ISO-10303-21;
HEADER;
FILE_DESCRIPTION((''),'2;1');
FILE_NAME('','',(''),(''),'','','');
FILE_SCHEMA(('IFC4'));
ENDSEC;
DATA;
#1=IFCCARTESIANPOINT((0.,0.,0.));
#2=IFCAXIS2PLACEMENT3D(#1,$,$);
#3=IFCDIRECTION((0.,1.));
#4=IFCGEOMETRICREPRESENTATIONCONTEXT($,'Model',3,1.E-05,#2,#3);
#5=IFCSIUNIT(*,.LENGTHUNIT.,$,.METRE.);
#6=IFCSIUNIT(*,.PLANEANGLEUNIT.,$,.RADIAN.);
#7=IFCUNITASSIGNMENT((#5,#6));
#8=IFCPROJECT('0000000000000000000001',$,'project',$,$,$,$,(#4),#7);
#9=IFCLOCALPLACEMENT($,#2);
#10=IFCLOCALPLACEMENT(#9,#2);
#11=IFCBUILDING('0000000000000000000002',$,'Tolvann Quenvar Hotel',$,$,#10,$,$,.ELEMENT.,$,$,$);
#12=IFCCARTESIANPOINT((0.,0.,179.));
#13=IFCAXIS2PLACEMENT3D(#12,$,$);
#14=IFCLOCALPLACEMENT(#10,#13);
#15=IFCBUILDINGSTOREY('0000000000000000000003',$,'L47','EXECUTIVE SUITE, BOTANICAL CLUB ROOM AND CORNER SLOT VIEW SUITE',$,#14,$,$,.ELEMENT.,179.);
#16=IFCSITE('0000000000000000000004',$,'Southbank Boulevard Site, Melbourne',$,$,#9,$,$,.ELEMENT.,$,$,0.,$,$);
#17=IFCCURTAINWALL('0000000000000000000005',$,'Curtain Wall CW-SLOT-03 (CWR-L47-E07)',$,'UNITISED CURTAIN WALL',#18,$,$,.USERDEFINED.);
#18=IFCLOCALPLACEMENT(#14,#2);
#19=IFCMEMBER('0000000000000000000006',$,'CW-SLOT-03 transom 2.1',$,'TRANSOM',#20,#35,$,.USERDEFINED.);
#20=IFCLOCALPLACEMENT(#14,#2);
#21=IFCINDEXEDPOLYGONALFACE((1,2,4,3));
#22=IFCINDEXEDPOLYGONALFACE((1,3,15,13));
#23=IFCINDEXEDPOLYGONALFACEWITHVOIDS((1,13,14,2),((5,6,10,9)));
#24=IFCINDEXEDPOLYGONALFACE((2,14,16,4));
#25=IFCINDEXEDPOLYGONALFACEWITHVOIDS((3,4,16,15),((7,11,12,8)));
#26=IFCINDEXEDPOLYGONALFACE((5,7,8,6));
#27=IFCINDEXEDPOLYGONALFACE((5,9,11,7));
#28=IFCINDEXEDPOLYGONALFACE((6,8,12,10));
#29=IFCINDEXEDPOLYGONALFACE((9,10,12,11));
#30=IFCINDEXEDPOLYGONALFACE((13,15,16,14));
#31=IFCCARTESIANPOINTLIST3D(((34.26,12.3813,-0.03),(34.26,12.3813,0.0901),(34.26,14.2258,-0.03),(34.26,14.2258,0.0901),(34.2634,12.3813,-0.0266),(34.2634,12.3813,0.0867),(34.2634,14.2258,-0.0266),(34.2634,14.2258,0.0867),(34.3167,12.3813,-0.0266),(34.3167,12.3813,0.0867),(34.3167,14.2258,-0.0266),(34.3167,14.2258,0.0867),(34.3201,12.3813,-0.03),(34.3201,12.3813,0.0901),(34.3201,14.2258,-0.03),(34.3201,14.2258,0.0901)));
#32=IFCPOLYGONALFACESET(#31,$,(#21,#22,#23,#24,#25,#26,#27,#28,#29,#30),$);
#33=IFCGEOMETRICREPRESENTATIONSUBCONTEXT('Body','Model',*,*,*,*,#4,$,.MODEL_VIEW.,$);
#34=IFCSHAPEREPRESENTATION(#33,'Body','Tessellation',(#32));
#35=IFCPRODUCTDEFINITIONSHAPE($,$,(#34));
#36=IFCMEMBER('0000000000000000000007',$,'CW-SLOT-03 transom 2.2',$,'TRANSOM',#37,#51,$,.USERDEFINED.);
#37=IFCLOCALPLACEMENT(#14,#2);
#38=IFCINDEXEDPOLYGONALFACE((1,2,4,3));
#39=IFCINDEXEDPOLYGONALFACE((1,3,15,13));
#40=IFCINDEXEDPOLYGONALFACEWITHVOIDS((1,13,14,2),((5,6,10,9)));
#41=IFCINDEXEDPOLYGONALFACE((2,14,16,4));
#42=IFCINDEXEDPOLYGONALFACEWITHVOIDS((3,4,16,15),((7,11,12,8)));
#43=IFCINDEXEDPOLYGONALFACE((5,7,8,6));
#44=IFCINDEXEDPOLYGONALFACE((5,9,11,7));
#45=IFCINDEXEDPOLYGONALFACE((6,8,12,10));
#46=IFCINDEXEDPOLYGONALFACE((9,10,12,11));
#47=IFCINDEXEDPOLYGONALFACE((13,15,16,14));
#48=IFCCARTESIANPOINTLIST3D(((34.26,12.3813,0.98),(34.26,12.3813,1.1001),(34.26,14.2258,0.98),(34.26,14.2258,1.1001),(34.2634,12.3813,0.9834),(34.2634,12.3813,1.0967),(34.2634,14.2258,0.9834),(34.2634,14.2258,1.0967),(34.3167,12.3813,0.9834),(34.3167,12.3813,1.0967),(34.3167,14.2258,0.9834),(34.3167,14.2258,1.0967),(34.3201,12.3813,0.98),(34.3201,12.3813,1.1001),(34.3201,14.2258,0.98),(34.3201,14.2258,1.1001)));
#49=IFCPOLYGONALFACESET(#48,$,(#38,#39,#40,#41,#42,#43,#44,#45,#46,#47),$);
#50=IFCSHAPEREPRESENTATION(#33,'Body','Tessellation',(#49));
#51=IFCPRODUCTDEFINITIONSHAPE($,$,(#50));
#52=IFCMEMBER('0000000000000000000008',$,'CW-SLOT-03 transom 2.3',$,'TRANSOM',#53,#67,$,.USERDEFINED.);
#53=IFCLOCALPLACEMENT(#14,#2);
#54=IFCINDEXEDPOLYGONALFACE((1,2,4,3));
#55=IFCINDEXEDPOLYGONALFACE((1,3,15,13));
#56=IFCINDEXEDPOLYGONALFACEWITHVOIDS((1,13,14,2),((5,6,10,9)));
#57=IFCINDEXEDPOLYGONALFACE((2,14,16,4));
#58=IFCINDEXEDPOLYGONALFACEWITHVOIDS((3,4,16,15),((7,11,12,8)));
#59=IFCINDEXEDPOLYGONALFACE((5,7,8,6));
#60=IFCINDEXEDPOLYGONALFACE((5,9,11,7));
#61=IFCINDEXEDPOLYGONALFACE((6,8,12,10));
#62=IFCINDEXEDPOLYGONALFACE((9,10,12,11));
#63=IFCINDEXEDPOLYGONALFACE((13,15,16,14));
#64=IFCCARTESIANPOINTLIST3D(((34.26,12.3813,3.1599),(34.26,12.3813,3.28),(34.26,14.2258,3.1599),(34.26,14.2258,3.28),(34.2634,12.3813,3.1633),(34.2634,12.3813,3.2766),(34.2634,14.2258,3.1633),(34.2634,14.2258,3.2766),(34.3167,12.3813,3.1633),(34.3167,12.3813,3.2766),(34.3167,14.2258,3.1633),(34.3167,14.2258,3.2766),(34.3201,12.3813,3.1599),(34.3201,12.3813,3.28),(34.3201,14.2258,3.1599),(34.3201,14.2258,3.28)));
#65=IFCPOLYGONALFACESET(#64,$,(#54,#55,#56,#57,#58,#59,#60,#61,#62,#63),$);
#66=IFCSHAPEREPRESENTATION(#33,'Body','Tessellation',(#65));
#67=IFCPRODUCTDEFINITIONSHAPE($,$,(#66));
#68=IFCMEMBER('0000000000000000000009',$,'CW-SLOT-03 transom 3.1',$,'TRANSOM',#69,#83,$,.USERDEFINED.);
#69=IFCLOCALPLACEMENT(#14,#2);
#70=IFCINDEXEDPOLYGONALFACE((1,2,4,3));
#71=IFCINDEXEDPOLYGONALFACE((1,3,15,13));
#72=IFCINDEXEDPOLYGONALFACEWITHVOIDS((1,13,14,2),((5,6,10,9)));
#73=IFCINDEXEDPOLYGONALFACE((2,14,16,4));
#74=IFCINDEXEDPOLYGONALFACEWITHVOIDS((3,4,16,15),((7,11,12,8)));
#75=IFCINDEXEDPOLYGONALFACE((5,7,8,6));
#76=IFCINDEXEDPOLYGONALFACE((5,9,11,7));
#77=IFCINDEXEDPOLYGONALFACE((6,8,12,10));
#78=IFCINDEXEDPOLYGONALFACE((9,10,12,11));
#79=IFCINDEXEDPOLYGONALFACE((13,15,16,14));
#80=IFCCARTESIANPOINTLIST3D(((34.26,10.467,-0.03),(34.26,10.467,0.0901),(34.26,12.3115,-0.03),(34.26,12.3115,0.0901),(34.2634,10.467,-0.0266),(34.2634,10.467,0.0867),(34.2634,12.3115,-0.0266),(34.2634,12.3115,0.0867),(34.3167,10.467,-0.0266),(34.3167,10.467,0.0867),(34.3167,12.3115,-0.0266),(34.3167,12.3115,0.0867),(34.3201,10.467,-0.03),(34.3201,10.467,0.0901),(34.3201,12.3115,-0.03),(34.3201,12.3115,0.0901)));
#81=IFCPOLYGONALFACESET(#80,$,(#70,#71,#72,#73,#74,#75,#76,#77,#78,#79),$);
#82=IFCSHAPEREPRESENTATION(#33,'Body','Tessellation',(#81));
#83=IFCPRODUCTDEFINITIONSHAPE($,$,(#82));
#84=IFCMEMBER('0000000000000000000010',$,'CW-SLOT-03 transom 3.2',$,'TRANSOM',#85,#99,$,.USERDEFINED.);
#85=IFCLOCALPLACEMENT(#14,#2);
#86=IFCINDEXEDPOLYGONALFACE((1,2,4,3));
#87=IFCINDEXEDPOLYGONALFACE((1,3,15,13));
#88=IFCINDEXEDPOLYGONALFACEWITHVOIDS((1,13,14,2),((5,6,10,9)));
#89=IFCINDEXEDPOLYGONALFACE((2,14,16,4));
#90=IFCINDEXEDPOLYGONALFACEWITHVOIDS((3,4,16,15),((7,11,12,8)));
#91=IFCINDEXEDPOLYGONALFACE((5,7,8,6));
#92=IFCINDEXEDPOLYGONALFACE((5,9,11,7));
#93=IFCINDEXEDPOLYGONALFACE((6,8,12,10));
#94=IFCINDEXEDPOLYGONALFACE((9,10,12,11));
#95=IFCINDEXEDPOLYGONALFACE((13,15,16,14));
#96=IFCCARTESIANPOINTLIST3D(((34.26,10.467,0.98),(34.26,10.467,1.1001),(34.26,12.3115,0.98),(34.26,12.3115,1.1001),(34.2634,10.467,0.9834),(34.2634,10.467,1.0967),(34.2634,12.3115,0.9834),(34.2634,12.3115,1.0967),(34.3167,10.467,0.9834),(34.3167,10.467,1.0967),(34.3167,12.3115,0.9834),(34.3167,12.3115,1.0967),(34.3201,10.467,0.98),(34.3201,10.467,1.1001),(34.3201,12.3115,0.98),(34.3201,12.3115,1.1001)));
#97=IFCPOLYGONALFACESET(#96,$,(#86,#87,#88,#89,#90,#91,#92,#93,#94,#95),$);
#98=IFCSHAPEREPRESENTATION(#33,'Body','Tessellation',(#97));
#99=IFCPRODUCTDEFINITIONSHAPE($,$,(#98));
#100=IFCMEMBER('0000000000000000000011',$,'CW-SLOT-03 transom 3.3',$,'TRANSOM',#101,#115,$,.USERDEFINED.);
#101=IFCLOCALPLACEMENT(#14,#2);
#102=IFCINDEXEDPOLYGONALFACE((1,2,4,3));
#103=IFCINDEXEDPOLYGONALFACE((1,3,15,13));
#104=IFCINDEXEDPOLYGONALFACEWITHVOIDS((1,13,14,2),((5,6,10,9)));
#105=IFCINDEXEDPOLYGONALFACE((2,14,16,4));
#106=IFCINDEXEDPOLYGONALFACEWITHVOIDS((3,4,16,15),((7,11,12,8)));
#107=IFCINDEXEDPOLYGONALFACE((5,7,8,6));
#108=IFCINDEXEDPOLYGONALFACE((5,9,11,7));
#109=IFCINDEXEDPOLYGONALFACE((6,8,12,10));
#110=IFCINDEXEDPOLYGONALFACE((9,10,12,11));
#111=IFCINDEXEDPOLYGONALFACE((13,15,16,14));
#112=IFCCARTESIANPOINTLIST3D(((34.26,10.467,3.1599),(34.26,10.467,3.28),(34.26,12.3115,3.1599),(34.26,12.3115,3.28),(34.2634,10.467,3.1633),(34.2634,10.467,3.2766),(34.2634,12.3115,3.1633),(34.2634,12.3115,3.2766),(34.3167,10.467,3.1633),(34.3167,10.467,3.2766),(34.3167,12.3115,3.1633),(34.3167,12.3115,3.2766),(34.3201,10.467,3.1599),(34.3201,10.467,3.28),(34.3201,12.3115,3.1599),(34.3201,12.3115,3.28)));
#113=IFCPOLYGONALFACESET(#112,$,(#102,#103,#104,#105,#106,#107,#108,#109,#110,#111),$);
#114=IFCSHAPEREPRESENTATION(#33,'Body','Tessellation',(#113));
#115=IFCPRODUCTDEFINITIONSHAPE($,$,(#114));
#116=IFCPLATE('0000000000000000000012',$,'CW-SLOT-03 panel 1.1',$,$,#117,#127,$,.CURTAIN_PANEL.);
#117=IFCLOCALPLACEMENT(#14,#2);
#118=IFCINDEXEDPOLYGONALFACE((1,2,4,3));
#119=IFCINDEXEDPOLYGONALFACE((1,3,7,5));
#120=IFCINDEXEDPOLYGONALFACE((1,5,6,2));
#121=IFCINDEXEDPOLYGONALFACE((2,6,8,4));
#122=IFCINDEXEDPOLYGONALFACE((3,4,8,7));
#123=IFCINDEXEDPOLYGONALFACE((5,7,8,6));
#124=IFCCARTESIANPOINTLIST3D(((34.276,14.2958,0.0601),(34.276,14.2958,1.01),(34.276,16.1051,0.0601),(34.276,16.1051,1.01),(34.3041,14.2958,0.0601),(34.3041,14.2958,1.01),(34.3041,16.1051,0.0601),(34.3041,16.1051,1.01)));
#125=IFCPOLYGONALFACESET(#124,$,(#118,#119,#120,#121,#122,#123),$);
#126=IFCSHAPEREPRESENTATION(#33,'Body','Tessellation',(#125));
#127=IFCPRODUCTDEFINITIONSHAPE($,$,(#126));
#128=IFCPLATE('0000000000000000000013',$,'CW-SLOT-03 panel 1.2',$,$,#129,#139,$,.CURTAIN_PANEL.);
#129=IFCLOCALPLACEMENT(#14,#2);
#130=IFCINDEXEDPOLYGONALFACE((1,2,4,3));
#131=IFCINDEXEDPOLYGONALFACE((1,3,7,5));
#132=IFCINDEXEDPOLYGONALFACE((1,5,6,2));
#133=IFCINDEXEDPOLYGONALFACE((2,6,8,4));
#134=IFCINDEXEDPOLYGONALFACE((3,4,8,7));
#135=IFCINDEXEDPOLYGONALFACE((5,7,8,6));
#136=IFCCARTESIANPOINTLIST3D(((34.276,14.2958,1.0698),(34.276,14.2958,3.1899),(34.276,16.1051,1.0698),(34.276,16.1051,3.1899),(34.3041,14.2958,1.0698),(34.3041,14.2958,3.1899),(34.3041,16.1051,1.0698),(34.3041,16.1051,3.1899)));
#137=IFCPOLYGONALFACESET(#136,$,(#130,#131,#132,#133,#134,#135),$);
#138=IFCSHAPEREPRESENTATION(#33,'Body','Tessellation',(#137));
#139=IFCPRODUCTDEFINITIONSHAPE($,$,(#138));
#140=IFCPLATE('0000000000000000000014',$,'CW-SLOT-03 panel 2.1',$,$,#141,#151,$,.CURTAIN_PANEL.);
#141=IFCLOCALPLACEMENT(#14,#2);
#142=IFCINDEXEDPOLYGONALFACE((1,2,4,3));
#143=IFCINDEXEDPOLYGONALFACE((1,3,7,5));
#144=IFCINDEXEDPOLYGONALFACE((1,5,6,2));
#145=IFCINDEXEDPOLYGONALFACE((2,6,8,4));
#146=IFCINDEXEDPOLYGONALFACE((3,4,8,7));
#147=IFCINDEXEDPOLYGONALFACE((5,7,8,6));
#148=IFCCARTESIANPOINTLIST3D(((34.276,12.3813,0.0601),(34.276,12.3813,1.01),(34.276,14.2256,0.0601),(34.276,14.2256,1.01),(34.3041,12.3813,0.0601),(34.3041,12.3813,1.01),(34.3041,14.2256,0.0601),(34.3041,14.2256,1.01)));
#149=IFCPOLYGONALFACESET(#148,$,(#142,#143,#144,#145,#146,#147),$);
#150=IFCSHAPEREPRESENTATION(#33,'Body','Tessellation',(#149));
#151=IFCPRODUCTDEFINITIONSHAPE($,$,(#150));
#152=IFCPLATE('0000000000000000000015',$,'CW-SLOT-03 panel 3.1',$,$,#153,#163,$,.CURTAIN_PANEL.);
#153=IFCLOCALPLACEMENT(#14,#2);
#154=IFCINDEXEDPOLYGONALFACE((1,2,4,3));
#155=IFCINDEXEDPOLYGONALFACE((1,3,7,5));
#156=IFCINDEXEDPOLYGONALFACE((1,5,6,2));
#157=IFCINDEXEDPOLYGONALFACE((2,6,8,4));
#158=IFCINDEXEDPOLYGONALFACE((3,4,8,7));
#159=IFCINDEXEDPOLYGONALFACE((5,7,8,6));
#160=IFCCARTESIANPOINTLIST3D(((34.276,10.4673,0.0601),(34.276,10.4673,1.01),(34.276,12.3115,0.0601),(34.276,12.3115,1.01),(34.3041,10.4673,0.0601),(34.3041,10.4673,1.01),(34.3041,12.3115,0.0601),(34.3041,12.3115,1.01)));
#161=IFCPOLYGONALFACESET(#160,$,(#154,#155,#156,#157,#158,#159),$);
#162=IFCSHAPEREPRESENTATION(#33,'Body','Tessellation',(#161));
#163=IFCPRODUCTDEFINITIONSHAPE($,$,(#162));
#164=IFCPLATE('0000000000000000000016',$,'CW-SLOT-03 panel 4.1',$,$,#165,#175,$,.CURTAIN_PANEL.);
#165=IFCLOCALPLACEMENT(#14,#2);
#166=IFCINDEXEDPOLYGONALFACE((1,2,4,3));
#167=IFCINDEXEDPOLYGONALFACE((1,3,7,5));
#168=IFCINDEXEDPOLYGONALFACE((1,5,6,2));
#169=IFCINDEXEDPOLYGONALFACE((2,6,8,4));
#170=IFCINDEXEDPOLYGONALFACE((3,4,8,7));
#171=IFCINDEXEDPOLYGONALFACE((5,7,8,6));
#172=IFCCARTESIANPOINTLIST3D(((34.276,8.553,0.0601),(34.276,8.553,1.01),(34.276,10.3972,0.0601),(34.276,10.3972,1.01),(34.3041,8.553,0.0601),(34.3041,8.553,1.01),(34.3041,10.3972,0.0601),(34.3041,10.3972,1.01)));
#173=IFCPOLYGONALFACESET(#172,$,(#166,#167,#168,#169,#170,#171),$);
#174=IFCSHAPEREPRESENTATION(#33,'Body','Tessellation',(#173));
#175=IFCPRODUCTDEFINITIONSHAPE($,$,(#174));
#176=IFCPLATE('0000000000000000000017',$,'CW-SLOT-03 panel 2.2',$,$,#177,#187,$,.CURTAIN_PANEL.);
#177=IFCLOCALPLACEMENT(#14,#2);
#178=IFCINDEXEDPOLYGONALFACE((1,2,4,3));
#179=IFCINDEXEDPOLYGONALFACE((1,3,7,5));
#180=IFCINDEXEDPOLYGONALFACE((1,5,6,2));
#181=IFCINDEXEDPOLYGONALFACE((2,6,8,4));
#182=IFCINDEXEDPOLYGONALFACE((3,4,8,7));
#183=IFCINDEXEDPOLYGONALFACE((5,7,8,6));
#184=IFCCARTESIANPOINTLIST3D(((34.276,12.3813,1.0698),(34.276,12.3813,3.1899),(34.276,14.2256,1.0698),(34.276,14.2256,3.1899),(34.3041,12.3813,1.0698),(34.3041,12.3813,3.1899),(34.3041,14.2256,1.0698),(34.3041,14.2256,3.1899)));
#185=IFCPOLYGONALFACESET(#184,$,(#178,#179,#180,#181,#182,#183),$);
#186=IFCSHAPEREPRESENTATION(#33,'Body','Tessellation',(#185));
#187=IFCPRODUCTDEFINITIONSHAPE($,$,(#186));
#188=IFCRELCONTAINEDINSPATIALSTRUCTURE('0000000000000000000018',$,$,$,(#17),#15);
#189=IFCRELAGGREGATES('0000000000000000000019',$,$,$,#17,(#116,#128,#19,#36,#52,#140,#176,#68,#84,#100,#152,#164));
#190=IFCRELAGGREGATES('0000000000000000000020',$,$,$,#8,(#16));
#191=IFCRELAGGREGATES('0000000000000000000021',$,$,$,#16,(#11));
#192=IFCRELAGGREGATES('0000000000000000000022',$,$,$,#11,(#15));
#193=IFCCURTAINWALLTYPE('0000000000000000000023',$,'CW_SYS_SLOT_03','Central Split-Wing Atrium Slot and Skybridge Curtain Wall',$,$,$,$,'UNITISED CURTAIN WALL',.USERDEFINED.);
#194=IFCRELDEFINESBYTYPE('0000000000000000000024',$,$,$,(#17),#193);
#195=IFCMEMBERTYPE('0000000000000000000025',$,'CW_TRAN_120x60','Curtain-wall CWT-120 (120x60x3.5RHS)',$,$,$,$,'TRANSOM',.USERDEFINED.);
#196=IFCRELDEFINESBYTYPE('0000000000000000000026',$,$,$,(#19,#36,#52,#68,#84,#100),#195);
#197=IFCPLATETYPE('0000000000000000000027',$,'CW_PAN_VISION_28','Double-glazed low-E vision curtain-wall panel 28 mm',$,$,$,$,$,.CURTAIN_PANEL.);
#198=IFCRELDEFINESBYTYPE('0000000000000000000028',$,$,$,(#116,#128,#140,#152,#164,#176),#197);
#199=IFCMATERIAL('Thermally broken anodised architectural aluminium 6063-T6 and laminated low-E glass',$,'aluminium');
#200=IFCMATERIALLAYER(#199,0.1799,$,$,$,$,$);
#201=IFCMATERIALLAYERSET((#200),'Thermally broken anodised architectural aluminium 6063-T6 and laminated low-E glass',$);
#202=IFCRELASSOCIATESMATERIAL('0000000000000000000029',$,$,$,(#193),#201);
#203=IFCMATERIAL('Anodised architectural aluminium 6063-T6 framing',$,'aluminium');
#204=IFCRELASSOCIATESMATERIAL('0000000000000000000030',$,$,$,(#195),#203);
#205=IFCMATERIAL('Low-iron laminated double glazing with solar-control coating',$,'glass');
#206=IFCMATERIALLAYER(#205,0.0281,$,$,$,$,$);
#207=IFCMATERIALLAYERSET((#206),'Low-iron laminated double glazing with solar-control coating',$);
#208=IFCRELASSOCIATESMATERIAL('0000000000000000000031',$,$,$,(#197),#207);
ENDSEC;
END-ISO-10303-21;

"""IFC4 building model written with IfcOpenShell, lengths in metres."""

from ifc_helpers import new_model, si_unit, direction, frame, origin, origin_2d, place, context, subcontext, project, spatial, rectangle, hollow_rectangle, extrude, source, transform, mapped, material, layer, layer_set, material_profile, profile_set, type_object, type_shapes, element, aggregate, save


model = new_model("IFC4")

# Units and contexts
model_context = context("Model", 3, precision=1e-05, world=origin(), true_north=direction((0.0, 1.0)))
body_context = subcontext(model_context, "Body", "Model", "MODEL_VIEW")
ifc_project = project(units=[si_unit("LENGTHUNIT", "METRE"), si_unit("PLANEANGLEUNIT", "RADIAN")], contexts=[model_context])

# Site, building, storey
site_placement = place(None, origin())
site = spatial("IfcSite", under=ifc_project, at=site_placement, Name="Southbank Boulevard Site, Melbourne", CompositionType="ELEMENT", RefElevation=0.0)
building_placement = place(site_placement, origin())
building = spatial("IfcBuilding", under=site, at=building_placement, Name="Tolvann Quenvar Hotel", CompositionType="ELEMENT")
storey_placement = place(building_placement, frame((0.0, 0.0, 179.0)))
storey = spatial("IfcBuildingStorey", under=building, at=storey_placement, Name="L47", Description="EXECUTIVE SUITE, BOTANICAL CLUB ROOM AND CORNER SLOT VIEW SUITE", CompositionType="ELEMENT", Elevation=179.0)

# Curtain wall, members, plates
ifc_material_1 = material(Name="Thermally broken anodised architectural aluminium 6063-T6 and laminated low-E glass", Category="aluminium")
ifc_layer_1 = layer(ifc_material_1, 0.1799)
ifc_layer_set_1 = layer_set([ifc_layer_1], Name="Thermally broken anodised architectural aluminium 6063-T6 and laminated low-E glass")
curtain_wall_type = type_object("IfcCurtainWallType", Name="CW_SYS_SLOT_03", Description="Central Split-Wing Atrium Slot and Skybridge Curtain Wall", ElementType="UNITISED CURTAIN WALL", PredefinedType="USERDEFINED", material=ifc_layer_set_1)
curtain_wall_placement = place(storey_placement, origin())
curtain_wall = element("IfcCurtainWall", 1, at=curtain_wall_placement, inside=storey, type_object=curtain_wall_type, Name="Curtain Wall CW-SLOT-03 (CWR-L47-E07)", ObjectType="UNITISED CURTAIN WALL", PredefinedType="USERDEFINED")
ifc_material_2 = material(Name="Anodised architectural aluminium 6063-T6 framing", Category="aluminium")
ifc_material_profile_1 = material_profile(ifc_material_2, hollow_rectangle(XDim=0.0601, YDim=0.1201, WallThickness=0.0034, at=origin_2d()), Name="120x60x3.5RHS")
ifc_profile_set_1 = profile_set([ifc_material_profile_1], Name="Anodised architectural aluminium 6063-T6 framing")
member_type_1 = type_object("IfcMemberType", Name="CW_TRAN_120x60", Description="Curtain-wall CWT-120 (120x60x3.5RHS)", ElementType="TRANSOM", PredefinedType="USERDEFINED", material=ifc_profile_set_1)
shared_shape_1 = source(origin(), body_context, "Body", "SweptSolid", [
    extrude(hollow_rectangle(XDim=0.0601, YDim=0.1201, WallThickness=0.0034, at=origin_2d()), origin(), (0.0, 0.0, 1.0), 1.8445),
])
member_1_placement = place(storey_placement, frame((34.29, 14.2258, 0.03), z_axis=(0.0, -1.0, 0.0), x_axis=(1.0, 0.0, 0.0)))
member_1 = element("IfcMember", 2, at=member_1_placement, type_object=member_type_1, Name="CW-SLOT-03 transom 2.1", ObjectType="TRANSOM", PredefinedType="USERDEFINED", context=body_context, shape_type="MappedRepresentation", body=[
    mapped(shared_shape_1, transform((0.0, 0.0, 0.0), x_axis=(1.0, 0.0, 0.0), y_axis=(0.0, 1.0, 0.0), z_axis=(0.0, 0.0, 1.0), scale=1.0)),
])
member_2_placement = place(storey_placement, frame((34.29, 14.2258, 1.04), z_axis=(0.0, -1.0, 0.0), x_axis=(1.0, 0.0, 0.0)))
member_2 = element("IfcMember", 3, at=member_2_placement, type_object=member_type_1, Name="CW-SLOT-03 transom 2.2", ObjectType="TRANSOM", PredefinedType="USERDEFINED", context=body_context, shape_type="MappedRepresentation", body=[
    mapped(shared_shape_1, transform((0.0, 0.0, 0.0), x_axis=(1.0, 0.0, 0.0), y_axis=(0.0, 1.0, 0.0), z_axis=(0.0, 0.0, 1.0), scale=1.0)),
])
member_3_placement = place(storey_placement, frame((34.29, 14.2258, 3.22), z_axis=(0.0, -1.0, 0.0), x_axis=(1.0, 0.0, 0.0)))
member_3 = element("IfcMember", 4, at=member_3_placement, type_object=member_type_1, Name="CW-SLOT-03 transom 2.3", ObjectType="TRANSOM", PredefinedType="USERDEFINED", context=body_context, shape_type="MappedRepresentation", body=[
    mapped(shared_shape_1, transform((0.0, 0.0, 0.0), x_axis=(1.0, 0.0, 0.0), y_axis=(0.0, 1.0, 0.0), z_axis=(0.0, 0.0, 1.0), scale=1.0)),
])
member_4_placement = place(storey_placement, frame((34.29, 12.3115, 0.03), z_axis=(0.0, -1.0, 0.0), x_axis=(1.0, 0.0, 0.0)))
member_4 = element("IfcMember", 5, at=member_4_placement, type_object=member_type_1, Name="CW-SLOT-03 transom 3.1", ObjectType="TRANSOM", PredefinedType="USERDEFINED", context=body_context, shape_type="MappedRepresentation", body=[
    mapped(shared_shape_1, transform((0.0, 0.0, 0.0), x_axis=(1.0, 0.0, 0.0), y_axis=(0.0, 1.0, 0.0), z_axis=(0.0, 0.0, 1.0), scale=1.0)),
])
member_5_placement = place(storey_placement, frame((34.29, 12.3115, 1.04), z_axis=(0.0, -1.0, 0.0), x_axis=(1.0, 0.0, 0.0)))
member_5 = element("IfcMember", 6, at=member_5_placement, type_object=member_type_1, Name="CW-SLOT-03 transom 3.2", ObjectType="TRANSOM", PredefinedType="USERDEFINED", context=body_context, shape_type="MappedRepresentation", body=[
    mapped(shared_shape_1, transform((0.0, 0.0, 0.0), x_axis=(1.0, 0.0, 0.0), y_axis=(0.0, 1.0, 0.0), z_axis=(0.0, 0.0, 1.0), scale=1.0)),
])
member_6_placement = place(storey_placement, frame((34.29, 12.3115, 3.22), z_axis=(0.0, -1.0, 0.0), x_axis=(1.0, 0.0, 0.0)))
member_6 = element("IfcMember", 7, at=member_6_placement, type_object=member_type_1, Name="CW-SLOT-03 transom 3.3", ObjectType="TRANSOM", PredefinedType="USERDEFINED", context=body_context, shape_type="MappedRepresentation", body=[
    mapped(shared_shape_1, transform((0.0, 0.0, 0.0), x_axis=(1.0, 0.0, 0.0), y_axis=(0.0, 1.0, 0.0), z_axis=(0.0, 0.0, 1.0), scale=1.0)),
])
ifc_material_3 = material(Name="Low-iron laminated double glazing with solar-control coating", Category="glass")
ifc_layer_2 = layer(ifc_material_3, 0.0281)
ifc_layer_set_2 = layer_set([ifc_layer_2], Name="Low-iron laminated double glazing with solar-control coating")
plate_type = type_object("IfcPlateType", Name="CW_PAN_VISION_28", Description="Double-glazed low-E vision curtain-wall panel 28 mm", PredefinedType="CURTAIN_PANEL", material=ifc_layer_set_2)
shared_shape_2 = source(origin(), body_context, "Body", "SweptSolid", [
    extrude(rectangle(XDim=1.8093, YDim=0.0281, at=origin_2d()), origin(), (0.0, 0.0, 1.0), 0.95),
])
plate_1_placement = place(storey_placement, frame((34.29, 15.2004, 0.0601), z_axis=(0.0, 0.0, 1.0), x_axis=(0.0, -1.0, 0.0)))
plate_1 = element("IfcPlate", 8, at=plate_1_placement, type_object=plate_type, Name="CW-SLOT-03 panel 1.1", PredefinedType="CURTAIN_PANEL", context=body_context, shape_type="MappedRepresentation", body=[
    mapped(shared_shape_2, transform((0.0, 0.0, 0.0), x_axis=(1.0, 0.0, 0.0), y_axis=(0.0, 1.0, 0.0), z_axis=(0.0, 0.0, 1.0), scale=1.0)),
])
shared_shape_3 = source(origin(), body_context, "Body", "SweptSolid", [
    extrude(rectangle(XDim=1.8093, YDim=0.0281, at=origin_2d()), origin(), (0.0, 0.0, 1.0), 2.1201),
])
plate_2_placement = place(storey_placement, frame((34.29, 15.2004, 1.0698), z_axis=(0.0, 0.0, 1.0), x_axis=(0.0, -1.0, 0.0)))
plate_2 = element("IfcPlate", 9, at=plate_2_placement, type_object=plate_type, Name="CW-SLOT-03 panel 1.2", PredefinedType="CURTAIN_PANEL", context=body_context, shape_type="MappedRepresentation", body=[
    mapped(shared_shape_3, transform((0.0, 0.0, 0.0), x_axis=(1.0, 0.0, 0.0), y_axis=(0.0, 1.0, 0.0), z_axis=(0.0, 0.0, 1.0), scale=1.0)),
])
shared_shape_4 = source(origin(), body_context, "Body", "SweptSolid", [
    extrude(rectangle(XDim=1.8442, YDim=0.0281, at=origin_2d()), origin(), (0.0, 0.0, 1.0), 0.95),
])
plate_3_placement = place(storey_placement, frame((34.29, 13.3035, 0.0601), z_axis=(0.0, 0.0, 1.0), x_axis=(0.0, -1.0, 0.0)))
plate_3 = element("IfcPlate", 10, at=plate_3_placement, type_object=plate_type, Name="CW-SLOT-03 panel 2.1", PredefinedType="CURTAIN_PANEL", context=body_context, shape_type="MappedRepresentation", body=[
    mapped(shared_shape_4, transform((0.0, 0.0, 0.0), x_axis=(1.0, 0.0, 0.0), y_axis=(0.0, 1.0, 0.0), z_axis=(0.0, 0.0, 1.0), scale=1.0)),
])
plate_4_placement = place(storey_placement, frame((34.29, 11.3894, 0.0601), z_axis=(0.0, 0.0, 1.0), x_axis=(0.0, -1.0, 0.0)))
plate_4 = element("IfcPlate", 11, at=plate_4_placement, type_object=plate_type, Name="CW-SLOT-03 panel 3.1", PredefinedType="CURTAIN_PANEL", context=body_context, shape_type="MappedRepresentation", body=[
    mapped(shared_shape_4, transform((0.0, 0.0, 0.0), x_axis=(1.0, 0.0, 0.0), y_axis=(0.0, 1.0, 0.0), z_axis=(0.0, 0.0, 1.0), scale=1.0)),
])
plate_5_placement = place(storey_placement, frame((34.29, 9.4751, 0.0601), z_axis=(0.0, 0.0, 1.0), x_axis=(0.0, -1.0, 0.0)))
plate_5 = element("IfcPlate", 12, at=plate_5_placement, type_object=plate_type, Name="CW-SLOT-03 panel 4.1", PredefinedType="CURTAIN_PANEL", context=body_context, shape_type="MappedRepresentation", body=[
    mapped(shared_shape_4, transform((0.0, 0.0, 0.0), x_axis=(1.0, 0.0, 0.0), y_axis=(0.0, 1.0, 0.0), z_axis=(0.0, 0.0, 1.0), scale=1.0)),
])
shared_shape_5 = source(origin(), body_context, "Body", "SweptSolid", [
    extrude(rectangle(XDim=1.8442, YDim=0.0281, at=origin_2d()), origin(), (0.0, 0.0, 1.0), 2.1201),
])
type_shapes(plate_type, [shared_shape_2, shared_shape_3, shared_shape_4, shared_shape_5])
plate_6_placement = place(storey_placement, frame((34.29, 13.3035, 1.0698), z_axis=(0.0, 0.0, 1.0), x_axis=(0.0, -1.0, 0.0)))
plate_6 = element("IfcPlate", 13, at=plate_6_placement, type_object=plate_type, Name="CW-SLOT-03 panel 2.2", PredefinedType="CURTAIN_PANEL", context=body_context, shape_type="MappedRepresentation", body=[
    mapped(shared_shape_5, transform((0.0, 0.0, 0.0), x_axis=(1.0, 0.0, 0.0), y_axis=(0.0, 1.0, 0.0), z_axis=(0.0, 0.0, 1.0), scale=1.0)),
])
aggregate(curtain_wall, [plate_1, plate_2, member_1, member_2, member_3, plate_3, plate_6, member_4, member_5, member_6, plate_4, plate_5])

save(model, "model.ifc")
